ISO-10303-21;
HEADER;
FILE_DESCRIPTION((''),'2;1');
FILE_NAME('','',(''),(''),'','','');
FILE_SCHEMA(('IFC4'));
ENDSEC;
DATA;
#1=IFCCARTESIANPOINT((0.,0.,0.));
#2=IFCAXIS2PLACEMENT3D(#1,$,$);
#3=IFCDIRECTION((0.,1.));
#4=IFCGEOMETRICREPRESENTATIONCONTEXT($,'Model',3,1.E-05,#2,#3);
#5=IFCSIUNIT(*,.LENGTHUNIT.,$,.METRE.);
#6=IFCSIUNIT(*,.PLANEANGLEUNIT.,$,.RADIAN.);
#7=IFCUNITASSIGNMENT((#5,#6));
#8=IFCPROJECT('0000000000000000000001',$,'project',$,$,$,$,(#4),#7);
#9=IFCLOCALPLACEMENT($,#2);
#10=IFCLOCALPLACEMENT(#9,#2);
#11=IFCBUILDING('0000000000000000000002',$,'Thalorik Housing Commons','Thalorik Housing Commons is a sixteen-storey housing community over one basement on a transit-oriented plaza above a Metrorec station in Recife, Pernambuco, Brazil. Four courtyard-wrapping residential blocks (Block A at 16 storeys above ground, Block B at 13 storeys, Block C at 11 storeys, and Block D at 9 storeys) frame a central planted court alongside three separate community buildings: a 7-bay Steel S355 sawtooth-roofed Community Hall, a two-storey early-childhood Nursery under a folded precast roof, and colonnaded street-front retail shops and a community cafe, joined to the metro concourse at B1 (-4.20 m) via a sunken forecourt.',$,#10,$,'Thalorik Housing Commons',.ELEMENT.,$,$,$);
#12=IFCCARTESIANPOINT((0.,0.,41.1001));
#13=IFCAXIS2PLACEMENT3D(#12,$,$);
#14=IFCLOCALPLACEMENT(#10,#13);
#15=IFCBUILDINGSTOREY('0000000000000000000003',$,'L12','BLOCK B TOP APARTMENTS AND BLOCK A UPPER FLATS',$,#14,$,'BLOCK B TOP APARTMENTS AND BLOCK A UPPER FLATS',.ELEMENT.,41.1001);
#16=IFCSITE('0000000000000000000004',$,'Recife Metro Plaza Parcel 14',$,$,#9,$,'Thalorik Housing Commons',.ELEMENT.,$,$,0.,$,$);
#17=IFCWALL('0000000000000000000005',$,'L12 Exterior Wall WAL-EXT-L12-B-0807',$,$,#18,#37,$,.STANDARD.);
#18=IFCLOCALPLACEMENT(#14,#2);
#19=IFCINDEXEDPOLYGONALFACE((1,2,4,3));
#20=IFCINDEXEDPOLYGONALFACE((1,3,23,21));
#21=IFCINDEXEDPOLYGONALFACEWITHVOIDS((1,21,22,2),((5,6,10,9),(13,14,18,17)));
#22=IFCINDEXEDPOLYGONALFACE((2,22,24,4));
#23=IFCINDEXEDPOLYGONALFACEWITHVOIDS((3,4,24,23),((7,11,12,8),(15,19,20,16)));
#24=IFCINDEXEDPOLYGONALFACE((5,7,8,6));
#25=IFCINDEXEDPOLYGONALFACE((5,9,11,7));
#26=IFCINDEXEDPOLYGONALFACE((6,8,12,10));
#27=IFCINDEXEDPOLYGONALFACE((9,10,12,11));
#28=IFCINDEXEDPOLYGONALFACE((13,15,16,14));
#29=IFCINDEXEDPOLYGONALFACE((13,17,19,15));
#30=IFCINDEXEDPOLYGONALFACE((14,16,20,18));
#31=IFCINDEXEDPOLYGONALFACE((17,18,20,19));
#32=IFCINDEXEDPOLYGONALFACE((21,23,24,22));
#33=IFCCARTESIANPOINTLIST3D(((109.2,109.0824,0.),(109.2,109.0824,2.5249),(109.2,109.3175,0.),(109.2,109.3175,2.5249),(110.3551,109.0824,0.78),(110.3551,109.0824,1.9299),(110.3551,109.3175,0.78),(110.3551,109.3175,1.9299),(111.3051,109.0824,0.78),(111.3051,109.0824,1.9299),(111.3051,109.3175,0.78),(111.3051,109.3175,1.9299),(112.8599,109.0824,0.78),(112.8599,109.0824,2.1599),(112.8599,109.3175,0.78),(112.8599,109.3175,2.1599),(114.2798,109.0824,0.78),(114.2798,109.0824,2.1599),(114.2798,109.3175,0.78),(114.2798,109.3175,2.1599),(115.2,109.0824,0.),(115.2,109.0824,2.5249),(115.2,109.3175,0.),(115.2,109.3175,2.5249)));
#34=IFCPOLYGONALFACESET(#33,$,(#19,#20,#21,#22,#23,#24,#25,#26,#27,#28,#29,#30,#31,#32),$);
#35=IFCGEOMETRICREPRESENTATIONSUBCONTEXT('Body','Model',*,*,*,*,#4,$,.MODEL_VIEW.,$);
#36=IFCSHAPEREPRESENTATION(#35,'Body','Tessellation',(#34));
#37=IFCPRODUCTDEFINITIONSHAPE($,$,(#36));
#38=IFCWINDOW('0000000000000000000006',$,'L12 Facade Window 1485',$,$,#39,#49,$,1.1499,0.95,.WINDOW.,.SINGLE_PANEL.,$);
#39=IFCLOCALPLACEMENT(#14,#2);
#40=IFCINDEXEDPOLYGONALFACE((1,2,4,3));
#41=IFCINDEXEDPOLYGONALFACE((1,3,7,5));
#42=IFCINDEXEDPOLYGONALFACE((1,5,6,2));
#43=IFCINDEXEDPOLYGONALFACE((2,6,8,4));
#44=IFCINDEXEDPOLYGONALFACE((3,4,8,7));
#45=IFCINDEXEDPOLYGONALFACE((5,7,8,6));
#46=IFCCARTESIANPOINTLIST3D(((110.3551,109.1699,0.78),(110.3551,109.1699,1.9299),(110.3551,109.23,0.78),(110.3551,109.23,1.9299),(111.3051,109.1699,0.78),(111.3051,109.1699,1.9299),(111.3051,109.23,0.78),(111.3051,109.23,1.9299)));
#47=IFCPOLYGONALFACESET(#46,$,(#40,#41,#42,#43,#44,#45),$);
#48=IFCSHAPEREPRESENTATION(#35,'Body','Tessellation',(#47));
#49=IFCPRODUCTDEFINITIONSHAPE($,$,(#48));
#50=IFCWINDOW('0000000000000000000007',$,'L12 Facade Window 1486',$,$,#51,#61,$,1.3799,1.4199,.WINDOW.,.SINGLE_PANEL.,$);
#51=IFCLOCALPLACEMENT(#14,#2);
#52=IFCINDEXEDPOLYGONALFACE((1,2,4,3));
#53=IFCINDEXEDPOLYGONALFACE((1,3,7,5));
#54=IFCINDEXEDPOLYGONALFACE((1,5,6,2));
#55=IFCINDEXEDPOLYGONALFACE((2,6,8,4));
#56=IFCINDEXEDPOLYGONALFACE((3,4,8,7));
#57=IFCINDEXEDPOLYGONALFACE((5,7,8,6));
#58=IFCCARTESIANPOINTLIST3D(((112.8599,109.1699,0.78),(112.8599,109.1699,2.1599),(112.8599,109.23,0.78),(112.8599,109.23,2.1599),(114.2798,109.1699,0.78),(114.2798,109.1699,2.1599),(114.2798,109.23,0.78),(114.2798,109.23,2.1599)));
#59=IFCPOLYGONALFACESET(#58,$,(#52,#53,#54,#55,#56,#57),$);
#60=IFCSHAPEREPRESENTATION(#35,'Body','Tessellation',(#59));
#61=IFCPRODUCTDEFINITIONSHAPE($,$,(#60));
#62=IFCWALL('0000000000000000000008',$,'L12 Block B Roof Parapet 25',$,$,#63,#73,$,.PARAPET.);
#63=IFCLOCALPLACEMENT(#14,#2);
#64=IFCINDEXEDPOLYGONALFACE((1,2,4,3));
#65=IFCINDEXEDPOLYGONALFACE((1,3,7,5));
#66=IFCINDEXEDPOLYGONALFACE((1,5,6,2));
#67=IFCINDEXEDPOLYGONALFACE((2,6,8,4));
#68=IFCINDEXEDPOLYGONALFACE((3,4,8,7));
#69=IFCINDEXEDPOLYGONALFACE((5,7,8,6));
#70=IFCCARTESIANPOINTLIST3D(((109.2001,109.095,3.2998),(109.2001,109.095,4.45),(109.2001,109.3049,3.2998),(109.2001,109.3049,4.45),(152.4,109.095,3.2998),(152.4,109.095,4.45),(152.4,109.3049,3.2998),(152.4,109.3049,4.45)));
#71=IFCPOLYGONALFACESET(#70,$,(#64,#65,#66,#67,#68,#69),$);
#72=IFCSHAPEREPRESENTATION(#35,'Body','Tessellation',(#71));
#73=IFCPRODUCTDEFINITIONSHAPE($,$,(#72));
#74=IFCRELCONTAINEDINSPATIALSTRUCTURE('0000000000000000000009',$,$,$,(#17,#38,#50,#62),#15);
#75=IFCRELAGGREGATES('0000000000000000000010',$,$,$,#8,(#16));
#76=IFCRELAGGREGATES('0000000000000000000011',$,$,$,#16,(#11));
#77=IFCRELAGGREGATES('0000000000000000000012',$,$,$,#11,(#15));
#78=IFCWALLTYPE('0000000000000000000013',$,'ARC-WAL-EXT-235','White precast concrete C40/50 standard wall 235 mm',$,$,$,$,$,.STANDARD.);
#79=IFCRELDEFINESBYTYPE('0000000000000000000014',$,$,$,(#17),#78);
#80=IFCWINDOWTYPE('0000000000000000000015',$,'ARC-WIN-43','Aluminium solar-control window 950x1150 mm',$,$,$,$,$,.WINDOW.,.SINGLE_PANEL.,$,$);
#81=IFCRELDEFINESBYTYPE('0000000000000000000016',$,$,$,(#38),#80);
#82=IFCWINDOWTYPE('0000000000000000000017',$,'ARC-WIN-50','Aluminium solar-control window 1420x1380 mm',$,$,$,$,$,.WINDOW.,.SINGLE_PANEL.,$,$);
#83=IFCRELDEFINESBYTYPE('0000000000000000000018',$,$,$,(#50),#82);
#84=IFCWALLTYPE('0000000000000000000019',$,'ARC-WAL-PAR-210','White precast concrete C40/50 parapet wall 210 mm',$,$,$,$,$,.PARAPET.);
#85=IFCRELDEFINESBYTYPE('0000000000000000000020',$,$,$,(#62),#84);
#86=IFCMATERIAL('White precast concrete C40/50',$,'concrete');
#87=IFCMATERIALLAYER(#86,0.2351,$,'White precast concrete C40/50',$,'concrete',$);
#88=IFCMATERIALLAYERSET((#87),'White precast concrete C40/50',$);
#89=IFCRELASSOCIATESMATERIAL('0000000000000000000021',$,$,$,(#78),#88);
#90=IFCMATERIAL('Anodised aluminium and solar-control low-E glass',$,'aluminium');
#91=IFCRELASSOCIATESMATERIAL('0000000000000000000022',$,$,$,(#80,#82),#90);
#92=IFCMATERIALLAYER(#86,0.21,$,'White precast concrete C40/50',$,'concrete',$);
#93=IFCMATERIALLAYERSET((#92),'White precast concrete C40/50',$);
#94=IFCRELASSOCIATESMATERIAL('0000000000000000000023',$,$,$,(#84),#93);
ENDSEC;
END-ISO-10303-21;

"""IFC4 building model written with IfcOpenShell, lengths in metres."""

from ifc_helpers import new_model, si_unit, direction, frame, frame_2d, origin, place, context, subcontext, project, spatial, rectangle, extrude, material, layer, layer_set, type_object, element, fill, save


model = new_model("IFC4")

# Units and contexts
model_context = context("Model", 3, precision=1e-05, world=origin(), true_north=direction((0.0, 1.0)))
body_context = subcontext(model_context, "Body", "Model", "MODEL_VIEW")
ifc_project = project(units=[si_unit("LENGTHUNIT", "METRE"), si_unit("PLANEANGLEUNIT", "RADIAN")], contexts=[model_context])

# Site, building, storey
site_placement = place(None, origin())
site = spatial("IfcSite", under=ifc_project, at=site_placement, Name="Recife Metro Plaza Parcel 14", LongName="Thalorik Housing Commons", CompositionType="ELEMENT", RefElevation=0.0)
building_placement = place(site_placement, origin())
building = spatial("IfcBuilding", under=site, at=building_placement, Name="Thalorik Housing Commons", Description="Thalorik Housing Commons is a sixteen-storey housing community over one basement on a transit-oriented plaza above a Metrorec station in Recife, Pernambuco, Brazil. Four courtyard-wrapping residential blocks (Block A at 16 storeys above ground, Block B at 13 storeys, Block C at 11 storeys, and Block D at 9 storeys) frame a central planted court alongside three separate community buildings: a 7-bay Steel S355 sawtooth-roofed Community Hall, a two-storey early-childhood Nursery under a folded precast roof, and colonnaded street-front retail shops and a community cafe, joined to the metro concourse at B1 (-4.20 m) via a sunken forecourt.", LongName="Thalorik Housing Commons", CompositionType="ELEMENT")
storey_placement = place(building_placement, frame((0.0, 0.0, 41.1001)))
storey = spatial("IfcBuildingStorey", under=building, at=storey_placement, Name="L12", Description="BLOCK B TOP APARTMENTS AND BLOCK A UPPER FLATS", LongName="BLOCK B TOP APARTMENTS AND BLOCK A UPPER FLATS", CompositionType="ELEMENT", Elevation=41.1001)

# Wall, openings, windows
ifc_material_1 = material(Name="White precast concrete C40/50", Category="concrete")
ifc_layer_1 = layer(ifc_material_1, 0.2351, Name="White precast concrete C40/50", Category="concrete")
ifc_layer_set_1 = layer_set([ifc_layer_1], Name="White precast concrete C40/50")
wall_type_1 = type_object("IfcWallType", Name="ARC-WAL-EXT-235", Description="White precast concrete C40/50 standard wall 235 mm", PredefinedType="STANDARD", material=ifc_layer_set_1)
ifc_material_2 = material(Name="Anodised aluminium and solar-control low-E glass", Category="aluminium")
window_type_1 = type_object("IfcWindowType", Name="ARC-WIN-43", Description="Aluminium solar-control window 950x1150 mm", PartitioningType="SINGLE_PANEL", PredefinedType="WINDOW", material=ifc_material_2)
window_type_2 = type_object("IfcWindowType", Name="ARC-WIN-50", Description="Aluminium solar-control window 1420x1380 mm", PartitioningType="SINGLE_PANEL", PredefinedType="WINDOW", material=ifc_material_2)
wall_1_placement = place(storey_placement, frame((109.2, 109.2, 0.0), z_axis=(0.0, 0.0, 1.0), x_axis=(1.0, 0.0, 0.0)))
wall_1 = element("IfcWall", 1, at=wall_1_placement, inside=storey, type_object=wall_type_1, Name="L12 Exterior Wall WAL-EXT-L12-B-0807", PredefinedType="STANDARD", context=body_context, shape_type="SweptSolid", body=[
    extrude(rectangle(XDim=6.0, YDim=0.2351, at=frame_2d((3.0, 0.0))), origin(), (0.0, 0.0, 1.0), 2.5249),
])
opening_1_placement = place(wall_1_placement, frame((1.155, 0.0, 0.78)))
opening_1 = element("IfcOpeningElement", 2, at=opening_1_placement, cuts=wall_1, PredefinedType="OPENING", context=body_context, shape_type="SweptSolid", body=[
    extrude(rectangle(XDim=0.95, YDim=1.1499, at=frame_2d((0.4751, 0.575))), frame((0.0, 0.1274, 0.0), z_axis=(0.0, -1.0, 0.0), x_axis=(1.0, 0.0, 0.0)), (0.0, 0.0, 1.0), 0.2551),
])
opening_2_placement = place(wall_1_placement, frame((3.6599, 0.0, 0.78)))
opening_2 = element("IfcOpeningElement", 3, at=opening_2_placement, cuts=wall_1, PredefinedType="OPENING", context=body_context, shape_type="SweptSolid", body=[
    extrude(rectangle(XDim=1.4199, YDim=1.3799, at=frame_2d((0.71, 0.6899))), frame((0.0, 0.1274, 0.0), z_axis=(0.0, -1.0, 0.0), x_axis=(1.0, 0.0, 0.0)), (0.0, 0.0, 1.0), 0.2551),
])
window_1_placement = place(opening_1_placement, origin())
window_1 = element("IfcWindow", 4, at=window_1_placement, inside=storey, type_object=window_type_1, Name="L12 Facade Window 1485", OverallHeight=1.1499, OverallWidth=0.95, PartitioningType="SINGLE_PANEL", PredefinedType="WINDOW", context=body_context, shape_type="SweptSolid", body=[
    extrude(rectangle(XDim=0.95, YDim=1.1499, at=frame_2d((0.4751, 0.575))), frame((0.0, 0.03, 0.0), z_axis=(0.0, -1.0, 0.0), x_axis=(1.0, 0.0, 0.0)), (0.0, 0.0, 1.0), 0.0601),
])
fill(opening_1, window_1)
window_2_placement = place(opening_2_placement, origin())
window_2 = element("IfcWindow", 5, at=window_2_placement, inside=storey, type_object=window_type_2, Name="L12 Facade Window 1486", OverallHeight=1.3799, OverallWidth=1.4199, PartitioningType="SINGLE_PANEL", PredefinedType="WINDOW", context=body_context, shape_type="SweptSolid", body=[
    extrude(rectangle(XDim=1.4199, YDim=1.3799, at=frame_2d((0.71, 0.6899))), frame((0.0, 0.03, 0.0), z_axis=(0.0, -1.0, 0.0), x_axis=(1.0, 0.0, 0.0)), (0.0, 0.0, 1.0), 0.0601),
])
fill(opening_2, window_2)

# Wall
ifc_layer_2 = layer(ifc_material_1, 0.21, Name="White precast concrete C40/50", Category="concrete")
ifc_layer_set_2 = layer_set([ifc_layer_2], Name="White precast concrete C40/50")
wall_type_2 = type_object("IfcWallType", Name="ARC-WAL-PAR-210", Description="White precast concrete C40/50 parapet wall 210 mm", PredefinedType="PARAPET", material=ifc_layer_set_2)
wall_2_placement = place(storey_placement, frame((109.2, 109.2, 3.2998), z_axis=(0.0, 0.0, 1.0), x_axis=(1.0, 0.0, 0.0)))
element("IfcWall", 6, at=wall_2_placement, inside=storey, type_object=wall_type_2, Name="L12 Block B Roof Parapet 25", PredefinedType="PARAPET", context=body_context, shape_type="SweptSolid", body=[
    extrude(rectangle(XDim=43.2, YDim=0.21, at=frame_2d((21.6001, 0.0))), origin(), (0.0, 0.0, 1.0), 1.1501),
])

save(model, "model.ifc")
